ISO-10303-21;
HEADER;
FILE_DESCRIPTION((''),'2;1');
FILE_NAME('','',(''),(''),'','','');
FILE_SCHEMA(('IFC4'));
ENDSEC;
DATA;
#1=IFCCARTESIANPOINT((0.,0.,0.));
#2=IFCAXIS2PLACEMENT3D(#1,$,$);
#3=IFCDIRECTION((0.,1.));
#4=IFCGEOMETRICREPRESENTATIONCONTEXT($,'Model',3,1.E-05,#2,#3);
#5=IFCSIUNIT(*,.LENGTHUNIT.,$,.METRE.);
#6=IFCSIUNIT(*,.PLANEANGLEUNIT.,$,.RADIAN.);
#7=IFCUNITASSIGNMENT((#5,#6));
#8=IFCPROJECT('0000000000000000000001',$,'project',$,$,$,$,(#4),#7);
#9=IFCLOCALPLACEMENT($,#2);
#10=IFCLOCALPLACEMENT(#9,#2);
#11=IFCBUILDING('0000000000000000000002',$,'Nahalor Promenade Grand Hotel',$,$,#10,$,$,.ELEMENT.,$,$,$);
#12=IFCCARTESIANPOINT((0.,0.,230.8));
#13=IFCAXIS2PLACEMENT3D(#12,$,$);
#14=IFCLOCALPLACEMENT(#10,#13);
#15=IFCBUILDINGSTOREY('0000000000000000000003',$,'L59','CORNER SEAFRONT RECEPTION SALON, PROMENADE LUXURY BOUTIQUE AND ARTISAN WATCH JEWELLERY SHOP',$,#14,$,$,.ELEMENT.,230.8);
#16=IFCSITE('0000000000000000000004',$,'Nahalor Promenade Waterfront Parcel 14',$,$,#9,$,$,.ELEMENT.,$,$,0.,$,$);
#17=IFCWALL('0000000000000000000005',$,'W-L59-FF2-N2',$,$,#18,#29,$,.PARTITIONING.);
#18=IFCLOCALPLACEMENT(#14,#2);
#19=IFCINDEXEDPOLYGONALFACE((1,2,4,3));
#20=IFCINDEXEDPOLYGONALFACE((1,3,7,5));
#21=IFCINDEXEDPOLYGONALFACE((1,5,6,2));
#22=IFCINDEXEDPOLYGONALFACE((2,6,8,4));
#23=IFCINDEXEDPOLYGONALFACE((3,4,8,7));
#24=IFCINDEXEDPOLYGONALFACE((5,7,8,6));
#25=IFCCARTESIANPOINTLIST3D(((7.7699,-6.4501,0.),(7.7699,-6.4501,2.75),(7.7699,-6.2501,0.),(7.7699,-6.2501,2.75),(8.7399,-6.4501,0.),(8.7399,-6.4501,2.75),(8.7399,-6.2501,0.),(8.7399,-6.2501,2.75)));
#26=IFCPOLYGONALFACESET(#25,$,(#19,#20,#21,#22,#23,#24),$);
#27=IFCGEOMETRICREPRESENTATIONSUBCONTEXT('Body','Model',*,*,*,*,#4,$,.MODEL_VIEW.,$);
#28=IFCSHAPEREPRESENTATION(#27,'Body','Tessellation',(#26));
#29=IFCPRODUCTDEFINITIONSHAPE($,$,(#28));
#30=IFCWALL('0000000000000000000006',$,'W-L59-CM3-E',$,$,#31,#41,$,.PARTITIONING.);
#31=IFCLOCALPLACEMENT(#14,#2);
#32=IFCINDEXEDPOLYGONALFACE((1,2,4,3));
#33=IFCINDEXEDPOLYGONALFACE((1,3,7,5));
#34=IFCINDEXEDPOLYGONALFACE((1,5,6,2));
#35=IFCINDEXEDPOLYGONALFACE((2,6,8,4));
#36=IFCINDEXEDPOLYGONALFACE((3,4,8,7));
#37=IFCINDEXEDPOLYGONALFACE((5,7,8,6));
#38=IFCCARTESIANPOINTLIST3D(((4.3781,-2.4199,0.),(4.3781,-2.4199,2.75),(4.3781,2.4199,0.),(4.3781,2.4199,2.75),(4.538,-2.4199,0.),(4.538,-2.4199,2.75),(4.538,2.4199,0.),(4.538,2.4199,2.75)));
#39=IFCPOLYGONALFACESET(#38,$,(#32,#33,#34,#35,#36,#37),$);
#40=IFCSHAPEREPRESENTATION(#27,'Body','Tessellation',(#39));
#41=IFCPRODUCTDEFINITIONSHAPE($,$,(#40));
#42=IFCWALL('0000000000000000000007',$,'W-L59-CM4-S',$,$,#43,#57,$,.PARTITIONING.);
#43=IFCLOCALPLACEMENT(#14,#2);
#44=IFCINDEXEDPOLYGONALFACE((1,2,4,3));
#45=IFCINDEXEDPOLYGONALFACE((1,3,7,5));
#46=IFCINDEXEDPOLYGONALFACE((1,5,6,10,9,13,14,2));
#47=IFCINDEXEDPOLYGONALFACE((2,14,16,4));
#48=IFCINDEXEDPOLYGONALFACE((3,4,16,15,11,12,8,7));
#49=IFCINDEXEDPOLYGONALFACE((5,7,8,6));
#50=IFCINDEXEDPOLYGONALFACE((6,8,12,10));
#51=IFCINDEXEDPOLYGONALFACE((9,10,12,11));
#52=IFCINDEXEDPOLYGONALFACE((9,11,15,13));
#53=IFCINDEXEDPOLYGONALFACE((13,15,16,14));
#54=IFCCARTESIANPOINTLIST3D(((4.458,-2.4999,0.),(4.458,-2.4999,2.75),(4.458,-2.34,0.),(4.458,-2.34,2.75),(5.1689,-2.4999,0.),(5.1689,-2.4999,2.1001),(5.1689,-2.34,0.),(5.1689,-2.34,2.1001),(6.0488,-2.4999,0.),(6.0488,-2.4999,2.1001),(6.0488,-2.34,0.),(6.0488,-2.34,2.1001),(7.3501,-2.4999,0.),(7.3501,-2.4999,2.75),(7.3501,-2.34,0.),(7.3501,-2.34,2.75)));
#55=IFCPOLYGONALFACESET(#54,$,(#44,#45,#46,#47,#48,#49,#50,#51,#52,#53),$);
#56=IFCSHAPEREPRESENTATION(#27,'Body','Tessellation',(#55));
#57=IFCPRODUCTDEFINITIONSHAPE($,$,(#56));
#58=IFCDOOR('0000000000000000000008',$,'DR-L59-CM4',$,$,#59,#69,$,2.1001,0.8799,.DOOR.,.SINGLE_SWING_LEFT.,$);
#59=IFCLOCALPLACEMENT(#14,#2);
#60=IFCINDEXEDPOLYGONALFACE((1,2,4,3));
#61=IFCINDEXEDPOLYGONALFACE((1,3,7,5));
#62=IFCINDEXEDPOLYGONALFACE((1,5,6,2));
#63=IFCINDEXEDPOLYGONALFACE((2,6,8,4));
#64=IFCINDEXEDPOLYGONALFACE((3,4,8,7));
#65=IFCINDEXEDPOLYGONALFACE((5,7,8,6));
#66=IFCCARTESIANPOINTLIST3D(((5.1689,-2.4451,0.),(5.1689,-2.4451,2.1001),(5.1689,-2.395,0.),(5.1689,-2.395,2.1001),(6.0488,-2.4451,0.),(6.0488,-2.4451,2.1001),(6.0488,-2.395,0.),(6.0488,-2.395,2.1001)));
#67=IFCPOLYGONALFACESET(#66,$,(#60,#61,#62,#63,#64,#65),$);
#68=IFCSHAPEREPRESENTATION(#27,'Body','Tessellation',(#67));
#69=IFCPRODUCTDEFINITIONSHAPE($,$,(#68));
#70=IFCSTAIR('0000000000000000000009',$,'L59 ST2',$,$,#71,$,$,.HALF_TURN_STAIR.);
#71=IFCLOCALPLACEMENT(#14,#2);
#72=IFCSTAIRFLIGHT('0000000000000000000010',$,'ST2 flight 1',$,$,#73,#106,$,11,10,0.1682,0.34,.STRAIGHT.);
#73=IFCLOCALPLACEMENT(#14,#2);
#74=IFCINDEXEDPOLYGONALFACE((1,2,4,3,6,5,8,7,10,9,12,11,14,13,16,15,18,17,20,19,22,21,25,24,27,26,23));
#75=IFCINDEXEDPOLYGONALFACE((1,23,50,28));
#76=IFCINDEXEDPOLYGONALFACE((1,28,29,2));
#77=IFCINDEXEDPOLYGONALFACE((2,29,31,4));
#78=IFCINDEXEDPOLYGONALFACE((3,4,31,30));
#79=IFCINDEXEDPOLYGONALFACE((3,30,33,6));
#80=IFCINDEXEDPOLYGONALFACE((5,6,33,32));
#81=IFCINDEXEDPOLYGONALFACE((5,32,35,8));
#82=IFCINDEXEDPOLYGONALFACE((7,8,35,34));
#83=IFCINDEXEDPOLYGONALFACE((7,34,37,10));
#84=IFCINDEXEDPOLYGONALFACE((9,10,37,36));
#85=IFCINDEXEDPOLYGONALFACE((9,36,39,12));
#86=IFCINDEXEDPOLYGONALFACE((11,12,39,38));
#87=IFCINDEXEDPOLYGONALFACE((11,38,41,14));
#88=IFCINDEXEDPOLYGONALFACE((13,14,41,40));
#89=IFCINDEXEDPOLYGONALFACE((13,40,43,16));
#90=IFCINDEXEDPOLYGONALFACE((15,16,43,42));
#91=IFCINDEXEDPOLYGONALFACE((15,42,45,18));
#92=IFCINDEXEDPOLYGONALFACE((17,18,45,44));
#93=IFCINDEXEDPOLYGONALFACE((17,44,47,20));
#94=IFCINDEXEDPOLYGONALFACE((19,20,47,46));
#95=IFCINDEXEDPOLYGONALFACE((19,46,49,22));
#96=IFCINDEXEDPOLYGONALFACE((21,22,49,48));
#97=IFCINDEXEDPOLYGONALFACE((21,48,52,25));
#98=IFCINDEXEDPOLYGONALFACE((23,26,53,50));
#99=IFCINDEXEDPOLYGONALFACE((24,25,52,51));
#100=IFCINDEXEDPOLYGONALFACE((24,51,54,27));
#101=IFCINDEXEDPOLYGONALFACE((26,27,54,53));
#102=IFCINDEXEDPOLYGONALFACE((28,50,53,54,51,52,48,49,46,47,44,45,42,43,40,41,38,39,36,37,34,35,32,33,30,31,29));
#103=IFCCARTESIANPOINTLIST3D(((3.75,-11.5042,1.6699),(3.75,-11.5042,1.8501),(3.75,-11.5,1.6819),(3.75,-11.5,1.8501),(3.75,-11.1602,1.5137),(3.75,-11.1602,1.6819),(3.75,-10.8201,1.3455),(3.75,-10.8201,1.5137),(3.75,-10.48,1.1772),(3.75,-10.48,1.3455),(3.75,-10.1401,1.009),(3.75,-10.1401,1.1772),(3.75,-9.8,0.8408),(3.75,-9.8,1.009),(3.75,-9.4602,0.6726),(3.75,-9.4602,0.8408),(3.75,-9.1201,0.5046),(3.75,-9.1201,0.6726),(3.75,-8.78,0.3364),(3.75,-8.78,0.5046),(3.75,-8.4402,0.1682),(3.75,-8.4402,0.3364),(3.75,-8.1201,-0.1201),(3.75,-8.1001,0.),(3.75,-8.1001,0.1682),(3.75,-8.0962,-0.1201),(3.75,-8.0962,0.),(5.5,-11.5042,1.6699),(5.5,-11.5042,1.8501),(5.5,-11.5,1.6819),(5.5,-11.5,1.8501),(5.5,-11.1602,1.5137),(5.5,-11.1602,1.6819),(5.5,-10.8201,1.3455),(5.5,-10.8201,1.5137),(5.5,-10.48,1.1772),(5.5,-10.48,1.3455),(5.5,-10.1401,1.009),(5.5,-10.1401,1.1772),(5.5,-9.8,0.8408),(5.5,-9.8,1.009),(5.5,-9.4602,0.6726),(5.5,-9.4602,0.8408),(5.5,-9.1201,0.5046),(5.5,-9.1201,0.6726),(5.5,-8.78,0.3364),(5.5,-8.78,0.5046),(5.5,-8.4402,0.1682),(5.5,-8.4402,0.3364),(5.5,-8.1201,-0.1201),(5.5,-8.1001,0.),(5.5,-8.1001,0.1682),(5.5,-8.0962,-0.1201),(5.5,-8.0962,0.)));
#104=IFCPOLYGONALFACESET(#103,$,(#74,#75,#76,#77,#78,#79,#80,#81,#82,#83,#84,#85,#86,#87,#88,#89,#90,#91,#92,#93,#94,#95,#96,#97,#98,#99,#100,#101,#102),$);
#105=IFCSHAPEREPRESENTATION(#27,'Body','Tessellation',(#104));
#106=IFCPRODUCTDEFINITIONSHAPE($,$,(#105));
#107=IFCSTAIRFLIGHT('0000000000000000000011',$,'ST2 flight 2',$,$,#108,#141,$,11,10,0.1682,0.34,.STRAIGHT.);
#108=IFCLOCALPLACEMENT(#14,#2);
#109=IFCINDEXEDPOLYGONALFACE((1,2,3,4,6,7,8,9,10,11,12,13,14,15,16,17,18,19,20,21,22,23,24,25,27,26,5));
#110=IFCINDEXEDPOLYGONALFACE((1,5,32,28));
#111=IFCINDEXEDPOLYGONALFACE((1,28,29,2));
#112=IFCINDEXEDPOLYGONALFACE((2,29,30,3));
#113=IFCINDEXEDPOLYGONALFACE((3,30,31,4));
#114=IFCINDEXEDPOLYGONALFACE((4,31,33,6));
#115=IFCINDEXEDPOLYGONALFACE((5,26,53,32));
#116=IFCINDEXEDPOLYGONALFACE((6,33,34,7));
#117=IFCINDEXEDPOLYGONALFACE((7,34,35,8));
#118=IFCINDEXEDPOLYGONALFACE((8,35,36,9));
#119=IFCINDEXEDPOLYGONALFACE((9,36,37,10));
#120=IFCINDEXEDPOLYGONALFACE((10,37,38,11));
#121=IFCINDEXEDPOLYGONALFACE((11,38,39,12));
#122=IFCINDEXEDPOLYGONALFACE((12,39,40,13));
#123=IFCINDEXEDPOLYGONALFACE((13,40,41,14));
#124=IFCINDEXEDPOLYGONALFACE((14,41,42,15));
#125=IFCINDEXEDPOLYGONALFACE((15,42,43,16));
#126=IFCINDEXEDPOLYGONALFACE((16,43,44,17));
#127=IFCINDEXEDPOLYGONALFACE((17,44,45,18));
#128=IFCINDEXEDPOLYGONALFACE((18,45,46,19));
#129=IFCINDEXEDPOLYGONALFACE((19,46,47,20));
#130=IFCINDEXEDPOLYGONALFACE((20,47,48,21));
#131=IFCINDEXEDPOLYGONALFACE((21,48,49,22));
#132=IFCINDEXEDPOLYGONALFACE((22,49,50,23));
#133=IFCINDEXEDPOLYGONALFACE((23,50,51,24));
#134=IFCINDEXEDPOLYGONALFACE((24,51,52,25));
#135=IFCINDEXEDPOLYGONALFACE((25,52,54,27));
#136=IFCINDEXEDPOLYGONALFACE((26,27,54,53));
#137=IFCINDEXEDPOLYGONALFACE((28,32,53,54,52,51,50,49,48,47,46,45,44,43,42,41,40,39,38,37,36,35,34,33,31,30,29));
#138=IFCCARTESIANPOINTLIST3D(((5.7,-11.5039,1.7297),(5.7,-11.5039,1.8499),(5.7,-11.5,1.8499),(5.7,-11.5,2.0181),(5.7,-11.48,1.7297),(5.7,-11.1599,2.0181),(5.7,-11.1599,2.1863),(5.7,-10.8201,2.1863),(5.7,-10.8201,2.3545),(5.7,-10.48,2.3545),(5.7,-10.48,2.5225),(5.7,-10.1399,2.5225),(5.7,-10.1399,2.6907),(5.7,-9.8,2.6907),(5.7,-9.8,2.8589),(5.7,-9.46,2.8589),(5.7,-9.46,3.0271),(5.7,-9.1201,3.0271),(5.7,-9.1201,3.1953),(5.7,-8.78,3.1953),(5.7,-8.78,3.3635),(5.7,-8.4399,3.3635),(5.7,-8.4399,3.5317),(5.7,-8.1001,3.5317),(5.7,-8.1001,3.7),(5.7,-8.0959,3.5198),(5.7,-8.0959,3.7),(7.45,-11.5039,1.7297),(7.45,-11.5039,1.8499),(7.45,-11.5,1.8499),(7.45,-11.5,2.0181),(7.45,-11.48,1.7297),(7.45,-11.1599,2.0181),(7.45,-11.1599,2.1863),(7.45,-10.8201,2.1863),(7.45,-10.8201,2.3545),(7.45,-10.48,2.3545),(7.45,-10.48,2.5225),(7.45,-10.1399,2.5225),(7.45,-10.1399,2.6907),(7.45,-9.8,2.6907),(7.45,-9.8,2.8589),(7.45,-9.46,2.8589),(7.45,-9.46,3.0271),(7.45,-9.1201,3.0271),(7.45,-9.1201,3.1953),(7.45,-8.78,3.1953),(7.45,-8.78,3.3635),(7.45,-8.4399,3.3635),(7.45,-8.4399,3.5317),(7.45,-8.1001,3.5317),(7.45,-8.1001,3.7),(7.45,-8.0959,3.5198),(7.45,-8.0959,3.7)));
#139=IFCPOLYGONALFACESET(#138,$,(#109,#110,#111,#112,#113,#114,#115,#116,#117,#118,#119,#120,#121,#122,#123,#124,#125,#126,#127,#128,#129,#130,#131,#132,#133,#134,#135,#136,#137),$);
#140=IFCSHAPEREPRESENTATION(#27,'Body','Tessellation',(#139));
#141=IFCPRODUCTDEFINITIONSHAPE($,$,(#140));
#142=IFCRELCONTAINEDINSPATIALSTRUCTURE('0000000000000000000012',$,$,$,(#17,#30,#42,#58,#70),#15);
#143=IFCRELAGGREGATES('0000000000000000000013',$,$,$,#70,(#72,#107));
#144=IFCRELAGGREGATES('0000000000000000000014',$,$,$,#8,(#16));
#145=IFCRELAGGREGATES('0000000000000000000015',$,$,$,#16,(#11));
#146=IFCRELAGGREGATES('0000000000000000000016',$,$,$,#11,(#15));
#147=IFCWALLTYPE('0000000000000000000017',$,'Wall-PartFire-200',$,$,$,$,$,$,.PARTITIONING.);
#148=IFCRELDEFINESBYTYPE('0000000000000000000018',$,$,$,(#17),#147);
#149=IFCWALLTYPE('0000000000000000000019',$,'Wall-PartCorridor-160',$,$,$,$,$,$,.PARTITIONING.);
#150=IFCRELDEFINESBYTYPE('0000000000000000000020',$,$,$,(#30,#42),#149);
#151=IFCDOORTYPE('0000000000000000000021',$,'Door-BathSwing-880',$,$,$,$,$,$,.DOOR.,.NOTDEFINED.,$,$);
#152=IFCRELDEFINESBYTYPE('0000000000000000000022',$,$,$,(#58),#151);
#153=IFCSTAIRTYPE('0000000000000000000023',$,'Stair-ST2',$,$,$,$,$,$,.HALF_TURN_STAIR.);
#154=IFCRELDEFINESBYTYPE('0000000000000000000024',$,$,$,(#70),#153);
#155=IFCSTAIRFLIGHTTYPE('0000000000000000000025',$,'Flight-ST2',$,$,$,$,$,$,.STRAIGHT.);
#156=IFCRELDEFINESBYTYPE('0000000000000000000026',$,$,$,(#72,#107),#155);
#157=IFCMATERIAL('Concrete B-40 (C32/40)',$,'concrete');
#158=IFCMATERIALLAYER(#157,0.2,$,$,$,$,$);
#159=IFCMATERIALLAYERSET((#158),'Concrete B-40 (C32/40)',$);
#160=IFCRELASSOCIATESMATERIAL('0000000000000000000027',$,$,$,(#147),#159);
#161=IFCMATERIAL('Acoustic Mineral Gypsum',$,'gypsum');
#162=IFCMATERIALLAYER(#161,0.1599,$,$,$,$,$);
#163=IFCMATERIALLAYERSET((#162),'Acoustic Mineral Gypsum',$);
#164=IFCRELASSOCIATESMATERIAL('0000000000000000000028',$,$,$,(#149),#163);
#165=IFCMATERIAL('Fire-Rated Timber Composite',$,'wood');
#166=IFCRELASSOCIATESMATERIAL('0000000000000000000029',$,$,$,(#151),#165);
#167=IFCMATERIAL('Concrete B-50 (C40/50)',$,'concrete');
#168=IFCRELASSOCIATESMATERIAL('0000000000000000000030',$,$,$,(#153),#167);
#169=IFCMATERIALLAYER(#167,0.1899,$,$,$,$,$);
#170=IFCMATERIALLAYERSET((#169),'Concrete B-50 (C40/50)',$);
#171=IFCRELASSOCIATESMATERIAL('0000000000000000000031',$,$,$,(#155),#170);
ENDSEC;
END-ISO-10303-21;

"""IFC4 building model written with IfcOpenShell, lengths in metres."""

from ifc_helpers import new_model, si_unit, direction, frame, frame_2d, origin, place, context, subcontext, project, spatial, polyline, rectangle, outline, extrude, source, transform, mapped, material, layer, layer_set, type_object, element, fill, aggregate, save


model = new_model("IFC4")

# Units and contexts
model_context = context("Model", 3, precision=1e-05, world=origin(), true_north=direction((0.0, 1.0)))
body_context = subcontext(model_context, "Body", "Model", "MODEL_VIEW")
ifc_project = project(units=[si_unit("LENGTHUNIT", "METRE"), si_unit("PLANEANGLEUNIT", "RADIAN")], contexts=[model_context])

# Site, building, storey
site_placement = place(None, origin())
site = spatial("IfcSite", under=ifc_project, at=site_placement, Name="Nahalor Promenade Waterfront Parcel 14", CompositionType="ELEMENT", RefElevation=0.0)
building_placement = place(site_placement, origin())
building = spatial("IfcBuilding", under=site, at=building_placement, Name="Nahalor Promenade Grand Hotel", CompositionType="ELEMENT")
storey_placement = place(building_placement, frame((0.0, 0.0, 230.8)))
storey = spatial("IfcBuildingStorey", under=building, at=storey_placement, Name="L59", Description="CORNER SEAFRONT RECEPTION SALON, PROMENADE LUXURY BOUTIQUE AND ARTISAN WATCH JEWELLERY SHOP", CompositionType="ELEMENT", Elevation=230.8)

# Walls
ifc_material_1 = material(Name="Concrete B-50 (C40/50)", Category="concrete")
ifc_material_2 = material(Name="Concrete B-40 (C32/40)", Category="concrete")
ifc_layer_1 = layer(ifc_material_2, 0.2)
ifc_layer_set_1 = layer_set([ifc_layer_1], Name="Concrete B-40 (C32/40)")
wall_type_1 = type_object("IfcWallType", Name="Wall-PartFire-200", PredefinedType="PARTITIONING", material=ifc_layer_set_1)
shared_shape_1 = source(origin(), body_context, "Body", "SweptSolid", [
    extrude(rectangle(XDim=0.97, YDim=0.2, at=frame_2d((0.4849, 0.0))), origin(), (0.0, 0.0, 1.0), 2.75),
])
wall_1_placement = place(storey_placement, frame((7.77, -6.3501, 0.0), z_axis=(0.0, 0.0, 1.0), x_axis=(1.0, 0.0, 0.0)))
element("IfcWall", 1, at=wall_1_placement, inside=storey, type_object=wall_type_1, Name="W-L59-FF2-N2", PredefinedType="PARTITIONING", context=body_context, shape_type="MappedRepresentation", body=[
    mapped(shared_shape_1, transform((0.0, 0.0, 0.0), scale=1.0)),
])
ifc_material_3 = material(Name="Acoustic Mineral Gypsum", Category="gypsum")
ifc_layer_2 = layer(ifc_material_3, 0.1599)
ifc_layer_set_2 = layer_set([ifc_layer_2], Name="Acoustic Mineral Gypsum")
wall_type_2 = type_object("IfcWallType", Name="Wall-PartCorridor-160", PredefinedType="PARTITIONING", material=ifc_layer_set_2)
shared_shape_2 = source(origin(), body_context, "Body", "SweptSolid", [
    extrude(rectangle(XDim=4.8398, YDim=0.1599, at=frame_2d((2.4199, 0.0))), origin(), (0.0, 0.0, 1.0), 2.75),
])
wall_2_placement = place(storey_placement, frame((4.458, -2.4199, 0.0), z_axis=(0.0, 0.0, 1.0), x_axis=(0.0, 1.0, 0.0)))
element("IfcWall", 2, at=wall_2_placement, inside=storey, type_object=wall_type_2, Name="W-L59-CM3-E", PredefinedType="PARTITIONING", context=body_context, shape_type="MappedRepresentation", body=[
    mapped(shared_shape_2, transform((0.0, 0.0, 0.0), scale=1.0)),
])

# Wall, opening, door
shared_shape_3 = source(origin(), body_context, "Body", "SweptSolid", [
    extrude(rectangle(XDim=2.8921, YDim=0.1599, at=frame_2d((1.446, 0.0))), origin(), (0.0, 0.0, 1.0), 2.75),
])
wall_3_placement = place(storey_placement, frame((4.458, -2.4199, 0.0), z_axis=(0.0, 0.0, 1.0), x_axis=(1.0, 0.0, 0.0)))
wall_3 = element("IfcWall", 3, at=wall_3_placement, inside=storey, type_object=wall_type_2, Name="W-L59-CM4-S", PredefinedType="PARTITIONING", context=body_context, shape_type="MappedRepresentation", body=[
    mapped(shared_shape_3, transform((0.0, 0.0, 0.0), scale=1.0)),
])
opening_placement = place(wall_3_placement, frame((0.7109, 0.0, 0.0)))
opening = element("IfcOpeningElement", 4, at=opening_placement, cuts=wall_3, PredefinedType="OPENING", context=body_context, shape_type="SweptSolid", body=[
    extrude(rectangle(XDim=0.8799, YDim=2.1001, at=frame_2d((0.4399, 1.05))), frame((0.0, 0.0898, 0.0), z_axis=(0.0, -1.0, 0.0), x_axis=(1.0, 0.0, 0.0)), (0.0, 0.0, 1.0), 0.1799),
])
ifc_material_4 = material(Name="Fire-Rated Timber Composite", Category="wood")
door_type = type_object("IfcDoorType", Name="Door-BathSwing-880", OperationType="NOTDEFINED", PredefinedType="DOOR", material=ifc_material_4)
shared_shape_4 = source(origin(), body_context, "Body", "SweptSolid", [
    extrude(rectangle(XDim=0.8799, YDim=2.1001, at=frame_2d((0.4399, 1.05))), frame((0.0, 0.0249, 0.0), z_axis=(0.0, -1.0, 0.0), x_axis=(1.0, 0.0, 0.0)), (0.0, 0.0, 1.0), 0.05),
])
door_placement = place(opening_placement, origin())
door = element("IfcDoor", 5, at=door_placement, inside=storey, type_object=door_type, Name="DR-L59-CM4", OperationType="SINGLE_SWING_LEFT", OverallHeight=2.1001, OverallWidth=0.8799, PredefinedType="DOOR", context=body_context, shape_type="MappedRepresentation", body=[
    mapped(shared_shape_4, transform((0.0, 0.0, 0.0), scale=1.0)),
])
fill(opening, door)

# Stair, stair flights
stair_type = type_object("IfcStairType", Name="Stair-ST2", PredefinedType="HALF_TURN_STAIR", material=ifc_material_1)
stair_placement = place(storey_placement, origin())
stair = element("IfcStair", 6, at=stair_placement, inside=storey, type_object=stair_type, Name="L59 ST2", PredefinedType="HALF_TURN_STAIR")
ifc_layer_3 = layer(ifc_material_1, 0.1899)
ifc_layer_set_3 = layer_set([ifc_layer_3], Name="Concrete B-50 (C40/50)")
stair_flight_type = type_object("IfcStairFlightType", Name="Flight-ST2", PredefinedType="STRAIGHT", material=ifc_layer_set_3)
shared_shape_5 = source(origin(), body_context, "Body", "SweptSolid", [
    extrude(outline(polyline([(-0.0039, -0.1201), (-0.0039, 0.0), (0.0, 0.0), (0.0, 0.1682), (0.3401, 0.1682), (0.3401, 0.3364), (0.6799, 0.3364), (0.6799, 0.5046), (1.02, 0.5046), (1.02, 0.6726), (1.3601, 0.6726), (1.3601, 0.8408), (1.7, 0.8408), (1.7, 1.009), (2.04, 1.009), (2.04, 1.1772), (2.3799, 1.1772), (2.3799, 1.3455), (2.72, 1.3455), (2.72, 1.5137), (3.0601, 1.5137), (3.0601, 1.6819), (3.3999, 1.6819), (3.3999, 1.8501), (3.4041, 1.8501), (3.4041, 1.6699), (0.02, -0.1201), (-0.0039, -0.1201)])), frame((0.0, 0.875, 0.0), z_axis=(0.0, -1.0, 0.0), x_axis=(1.0, 0.0, 0.0)), (0.0, 0.0, 1.0), 1.75),
])
stair_flight_1_placement = place(storey_placement, frame((4.625, -8.1001, 0.0), z_axis=(0.0, 0.0, 1.0), x_axis=(0.0, -1.0, 0.0)))
stair_flight_1 = element("IfcStairFlight", 7, at=stair_flight_1_placement, type_object=stair_flight_type, Name="ST2 flight 1", NumberOfRisers=11, NumberOfTreads=10, PredefinedType="STRAIGHT", RiserHeight=0.1682, TreadLength=0.34, context=body_context, shape_type="MappedRepresentation", body=[
    mapped(shared_shape_5, transform((0.0, 0.0, 0.0), scale=1.0)),
])
stair_flight_2_placement = place(storey_placement, frame((6.575, -11.5, 1.8499), z_axis=(0.0, 0.0, 1.0), x_axis=(0.0, 1.0, 0.0)))
stair_flight_2 = element("IfcStairFlight", 8, at=stair_flight_2_placement, type_object=stair_flight_type, Name="ST2 flight 2", NumberOfRisers=11, NumberOfTreads=10, PredefinedType="STRAIGHT", RiserHeight=0.1682, TreadLength=0.34, context=body_context, shape_type="MappedRepresentation", body=[
    mapped(shared_shape_5, transform((0.0, 0.0, 0.0), scale=1.0)),
])
aggregate(stair, [stair_flight_1, stair_flight_2])

save(model, "model.ifc")
